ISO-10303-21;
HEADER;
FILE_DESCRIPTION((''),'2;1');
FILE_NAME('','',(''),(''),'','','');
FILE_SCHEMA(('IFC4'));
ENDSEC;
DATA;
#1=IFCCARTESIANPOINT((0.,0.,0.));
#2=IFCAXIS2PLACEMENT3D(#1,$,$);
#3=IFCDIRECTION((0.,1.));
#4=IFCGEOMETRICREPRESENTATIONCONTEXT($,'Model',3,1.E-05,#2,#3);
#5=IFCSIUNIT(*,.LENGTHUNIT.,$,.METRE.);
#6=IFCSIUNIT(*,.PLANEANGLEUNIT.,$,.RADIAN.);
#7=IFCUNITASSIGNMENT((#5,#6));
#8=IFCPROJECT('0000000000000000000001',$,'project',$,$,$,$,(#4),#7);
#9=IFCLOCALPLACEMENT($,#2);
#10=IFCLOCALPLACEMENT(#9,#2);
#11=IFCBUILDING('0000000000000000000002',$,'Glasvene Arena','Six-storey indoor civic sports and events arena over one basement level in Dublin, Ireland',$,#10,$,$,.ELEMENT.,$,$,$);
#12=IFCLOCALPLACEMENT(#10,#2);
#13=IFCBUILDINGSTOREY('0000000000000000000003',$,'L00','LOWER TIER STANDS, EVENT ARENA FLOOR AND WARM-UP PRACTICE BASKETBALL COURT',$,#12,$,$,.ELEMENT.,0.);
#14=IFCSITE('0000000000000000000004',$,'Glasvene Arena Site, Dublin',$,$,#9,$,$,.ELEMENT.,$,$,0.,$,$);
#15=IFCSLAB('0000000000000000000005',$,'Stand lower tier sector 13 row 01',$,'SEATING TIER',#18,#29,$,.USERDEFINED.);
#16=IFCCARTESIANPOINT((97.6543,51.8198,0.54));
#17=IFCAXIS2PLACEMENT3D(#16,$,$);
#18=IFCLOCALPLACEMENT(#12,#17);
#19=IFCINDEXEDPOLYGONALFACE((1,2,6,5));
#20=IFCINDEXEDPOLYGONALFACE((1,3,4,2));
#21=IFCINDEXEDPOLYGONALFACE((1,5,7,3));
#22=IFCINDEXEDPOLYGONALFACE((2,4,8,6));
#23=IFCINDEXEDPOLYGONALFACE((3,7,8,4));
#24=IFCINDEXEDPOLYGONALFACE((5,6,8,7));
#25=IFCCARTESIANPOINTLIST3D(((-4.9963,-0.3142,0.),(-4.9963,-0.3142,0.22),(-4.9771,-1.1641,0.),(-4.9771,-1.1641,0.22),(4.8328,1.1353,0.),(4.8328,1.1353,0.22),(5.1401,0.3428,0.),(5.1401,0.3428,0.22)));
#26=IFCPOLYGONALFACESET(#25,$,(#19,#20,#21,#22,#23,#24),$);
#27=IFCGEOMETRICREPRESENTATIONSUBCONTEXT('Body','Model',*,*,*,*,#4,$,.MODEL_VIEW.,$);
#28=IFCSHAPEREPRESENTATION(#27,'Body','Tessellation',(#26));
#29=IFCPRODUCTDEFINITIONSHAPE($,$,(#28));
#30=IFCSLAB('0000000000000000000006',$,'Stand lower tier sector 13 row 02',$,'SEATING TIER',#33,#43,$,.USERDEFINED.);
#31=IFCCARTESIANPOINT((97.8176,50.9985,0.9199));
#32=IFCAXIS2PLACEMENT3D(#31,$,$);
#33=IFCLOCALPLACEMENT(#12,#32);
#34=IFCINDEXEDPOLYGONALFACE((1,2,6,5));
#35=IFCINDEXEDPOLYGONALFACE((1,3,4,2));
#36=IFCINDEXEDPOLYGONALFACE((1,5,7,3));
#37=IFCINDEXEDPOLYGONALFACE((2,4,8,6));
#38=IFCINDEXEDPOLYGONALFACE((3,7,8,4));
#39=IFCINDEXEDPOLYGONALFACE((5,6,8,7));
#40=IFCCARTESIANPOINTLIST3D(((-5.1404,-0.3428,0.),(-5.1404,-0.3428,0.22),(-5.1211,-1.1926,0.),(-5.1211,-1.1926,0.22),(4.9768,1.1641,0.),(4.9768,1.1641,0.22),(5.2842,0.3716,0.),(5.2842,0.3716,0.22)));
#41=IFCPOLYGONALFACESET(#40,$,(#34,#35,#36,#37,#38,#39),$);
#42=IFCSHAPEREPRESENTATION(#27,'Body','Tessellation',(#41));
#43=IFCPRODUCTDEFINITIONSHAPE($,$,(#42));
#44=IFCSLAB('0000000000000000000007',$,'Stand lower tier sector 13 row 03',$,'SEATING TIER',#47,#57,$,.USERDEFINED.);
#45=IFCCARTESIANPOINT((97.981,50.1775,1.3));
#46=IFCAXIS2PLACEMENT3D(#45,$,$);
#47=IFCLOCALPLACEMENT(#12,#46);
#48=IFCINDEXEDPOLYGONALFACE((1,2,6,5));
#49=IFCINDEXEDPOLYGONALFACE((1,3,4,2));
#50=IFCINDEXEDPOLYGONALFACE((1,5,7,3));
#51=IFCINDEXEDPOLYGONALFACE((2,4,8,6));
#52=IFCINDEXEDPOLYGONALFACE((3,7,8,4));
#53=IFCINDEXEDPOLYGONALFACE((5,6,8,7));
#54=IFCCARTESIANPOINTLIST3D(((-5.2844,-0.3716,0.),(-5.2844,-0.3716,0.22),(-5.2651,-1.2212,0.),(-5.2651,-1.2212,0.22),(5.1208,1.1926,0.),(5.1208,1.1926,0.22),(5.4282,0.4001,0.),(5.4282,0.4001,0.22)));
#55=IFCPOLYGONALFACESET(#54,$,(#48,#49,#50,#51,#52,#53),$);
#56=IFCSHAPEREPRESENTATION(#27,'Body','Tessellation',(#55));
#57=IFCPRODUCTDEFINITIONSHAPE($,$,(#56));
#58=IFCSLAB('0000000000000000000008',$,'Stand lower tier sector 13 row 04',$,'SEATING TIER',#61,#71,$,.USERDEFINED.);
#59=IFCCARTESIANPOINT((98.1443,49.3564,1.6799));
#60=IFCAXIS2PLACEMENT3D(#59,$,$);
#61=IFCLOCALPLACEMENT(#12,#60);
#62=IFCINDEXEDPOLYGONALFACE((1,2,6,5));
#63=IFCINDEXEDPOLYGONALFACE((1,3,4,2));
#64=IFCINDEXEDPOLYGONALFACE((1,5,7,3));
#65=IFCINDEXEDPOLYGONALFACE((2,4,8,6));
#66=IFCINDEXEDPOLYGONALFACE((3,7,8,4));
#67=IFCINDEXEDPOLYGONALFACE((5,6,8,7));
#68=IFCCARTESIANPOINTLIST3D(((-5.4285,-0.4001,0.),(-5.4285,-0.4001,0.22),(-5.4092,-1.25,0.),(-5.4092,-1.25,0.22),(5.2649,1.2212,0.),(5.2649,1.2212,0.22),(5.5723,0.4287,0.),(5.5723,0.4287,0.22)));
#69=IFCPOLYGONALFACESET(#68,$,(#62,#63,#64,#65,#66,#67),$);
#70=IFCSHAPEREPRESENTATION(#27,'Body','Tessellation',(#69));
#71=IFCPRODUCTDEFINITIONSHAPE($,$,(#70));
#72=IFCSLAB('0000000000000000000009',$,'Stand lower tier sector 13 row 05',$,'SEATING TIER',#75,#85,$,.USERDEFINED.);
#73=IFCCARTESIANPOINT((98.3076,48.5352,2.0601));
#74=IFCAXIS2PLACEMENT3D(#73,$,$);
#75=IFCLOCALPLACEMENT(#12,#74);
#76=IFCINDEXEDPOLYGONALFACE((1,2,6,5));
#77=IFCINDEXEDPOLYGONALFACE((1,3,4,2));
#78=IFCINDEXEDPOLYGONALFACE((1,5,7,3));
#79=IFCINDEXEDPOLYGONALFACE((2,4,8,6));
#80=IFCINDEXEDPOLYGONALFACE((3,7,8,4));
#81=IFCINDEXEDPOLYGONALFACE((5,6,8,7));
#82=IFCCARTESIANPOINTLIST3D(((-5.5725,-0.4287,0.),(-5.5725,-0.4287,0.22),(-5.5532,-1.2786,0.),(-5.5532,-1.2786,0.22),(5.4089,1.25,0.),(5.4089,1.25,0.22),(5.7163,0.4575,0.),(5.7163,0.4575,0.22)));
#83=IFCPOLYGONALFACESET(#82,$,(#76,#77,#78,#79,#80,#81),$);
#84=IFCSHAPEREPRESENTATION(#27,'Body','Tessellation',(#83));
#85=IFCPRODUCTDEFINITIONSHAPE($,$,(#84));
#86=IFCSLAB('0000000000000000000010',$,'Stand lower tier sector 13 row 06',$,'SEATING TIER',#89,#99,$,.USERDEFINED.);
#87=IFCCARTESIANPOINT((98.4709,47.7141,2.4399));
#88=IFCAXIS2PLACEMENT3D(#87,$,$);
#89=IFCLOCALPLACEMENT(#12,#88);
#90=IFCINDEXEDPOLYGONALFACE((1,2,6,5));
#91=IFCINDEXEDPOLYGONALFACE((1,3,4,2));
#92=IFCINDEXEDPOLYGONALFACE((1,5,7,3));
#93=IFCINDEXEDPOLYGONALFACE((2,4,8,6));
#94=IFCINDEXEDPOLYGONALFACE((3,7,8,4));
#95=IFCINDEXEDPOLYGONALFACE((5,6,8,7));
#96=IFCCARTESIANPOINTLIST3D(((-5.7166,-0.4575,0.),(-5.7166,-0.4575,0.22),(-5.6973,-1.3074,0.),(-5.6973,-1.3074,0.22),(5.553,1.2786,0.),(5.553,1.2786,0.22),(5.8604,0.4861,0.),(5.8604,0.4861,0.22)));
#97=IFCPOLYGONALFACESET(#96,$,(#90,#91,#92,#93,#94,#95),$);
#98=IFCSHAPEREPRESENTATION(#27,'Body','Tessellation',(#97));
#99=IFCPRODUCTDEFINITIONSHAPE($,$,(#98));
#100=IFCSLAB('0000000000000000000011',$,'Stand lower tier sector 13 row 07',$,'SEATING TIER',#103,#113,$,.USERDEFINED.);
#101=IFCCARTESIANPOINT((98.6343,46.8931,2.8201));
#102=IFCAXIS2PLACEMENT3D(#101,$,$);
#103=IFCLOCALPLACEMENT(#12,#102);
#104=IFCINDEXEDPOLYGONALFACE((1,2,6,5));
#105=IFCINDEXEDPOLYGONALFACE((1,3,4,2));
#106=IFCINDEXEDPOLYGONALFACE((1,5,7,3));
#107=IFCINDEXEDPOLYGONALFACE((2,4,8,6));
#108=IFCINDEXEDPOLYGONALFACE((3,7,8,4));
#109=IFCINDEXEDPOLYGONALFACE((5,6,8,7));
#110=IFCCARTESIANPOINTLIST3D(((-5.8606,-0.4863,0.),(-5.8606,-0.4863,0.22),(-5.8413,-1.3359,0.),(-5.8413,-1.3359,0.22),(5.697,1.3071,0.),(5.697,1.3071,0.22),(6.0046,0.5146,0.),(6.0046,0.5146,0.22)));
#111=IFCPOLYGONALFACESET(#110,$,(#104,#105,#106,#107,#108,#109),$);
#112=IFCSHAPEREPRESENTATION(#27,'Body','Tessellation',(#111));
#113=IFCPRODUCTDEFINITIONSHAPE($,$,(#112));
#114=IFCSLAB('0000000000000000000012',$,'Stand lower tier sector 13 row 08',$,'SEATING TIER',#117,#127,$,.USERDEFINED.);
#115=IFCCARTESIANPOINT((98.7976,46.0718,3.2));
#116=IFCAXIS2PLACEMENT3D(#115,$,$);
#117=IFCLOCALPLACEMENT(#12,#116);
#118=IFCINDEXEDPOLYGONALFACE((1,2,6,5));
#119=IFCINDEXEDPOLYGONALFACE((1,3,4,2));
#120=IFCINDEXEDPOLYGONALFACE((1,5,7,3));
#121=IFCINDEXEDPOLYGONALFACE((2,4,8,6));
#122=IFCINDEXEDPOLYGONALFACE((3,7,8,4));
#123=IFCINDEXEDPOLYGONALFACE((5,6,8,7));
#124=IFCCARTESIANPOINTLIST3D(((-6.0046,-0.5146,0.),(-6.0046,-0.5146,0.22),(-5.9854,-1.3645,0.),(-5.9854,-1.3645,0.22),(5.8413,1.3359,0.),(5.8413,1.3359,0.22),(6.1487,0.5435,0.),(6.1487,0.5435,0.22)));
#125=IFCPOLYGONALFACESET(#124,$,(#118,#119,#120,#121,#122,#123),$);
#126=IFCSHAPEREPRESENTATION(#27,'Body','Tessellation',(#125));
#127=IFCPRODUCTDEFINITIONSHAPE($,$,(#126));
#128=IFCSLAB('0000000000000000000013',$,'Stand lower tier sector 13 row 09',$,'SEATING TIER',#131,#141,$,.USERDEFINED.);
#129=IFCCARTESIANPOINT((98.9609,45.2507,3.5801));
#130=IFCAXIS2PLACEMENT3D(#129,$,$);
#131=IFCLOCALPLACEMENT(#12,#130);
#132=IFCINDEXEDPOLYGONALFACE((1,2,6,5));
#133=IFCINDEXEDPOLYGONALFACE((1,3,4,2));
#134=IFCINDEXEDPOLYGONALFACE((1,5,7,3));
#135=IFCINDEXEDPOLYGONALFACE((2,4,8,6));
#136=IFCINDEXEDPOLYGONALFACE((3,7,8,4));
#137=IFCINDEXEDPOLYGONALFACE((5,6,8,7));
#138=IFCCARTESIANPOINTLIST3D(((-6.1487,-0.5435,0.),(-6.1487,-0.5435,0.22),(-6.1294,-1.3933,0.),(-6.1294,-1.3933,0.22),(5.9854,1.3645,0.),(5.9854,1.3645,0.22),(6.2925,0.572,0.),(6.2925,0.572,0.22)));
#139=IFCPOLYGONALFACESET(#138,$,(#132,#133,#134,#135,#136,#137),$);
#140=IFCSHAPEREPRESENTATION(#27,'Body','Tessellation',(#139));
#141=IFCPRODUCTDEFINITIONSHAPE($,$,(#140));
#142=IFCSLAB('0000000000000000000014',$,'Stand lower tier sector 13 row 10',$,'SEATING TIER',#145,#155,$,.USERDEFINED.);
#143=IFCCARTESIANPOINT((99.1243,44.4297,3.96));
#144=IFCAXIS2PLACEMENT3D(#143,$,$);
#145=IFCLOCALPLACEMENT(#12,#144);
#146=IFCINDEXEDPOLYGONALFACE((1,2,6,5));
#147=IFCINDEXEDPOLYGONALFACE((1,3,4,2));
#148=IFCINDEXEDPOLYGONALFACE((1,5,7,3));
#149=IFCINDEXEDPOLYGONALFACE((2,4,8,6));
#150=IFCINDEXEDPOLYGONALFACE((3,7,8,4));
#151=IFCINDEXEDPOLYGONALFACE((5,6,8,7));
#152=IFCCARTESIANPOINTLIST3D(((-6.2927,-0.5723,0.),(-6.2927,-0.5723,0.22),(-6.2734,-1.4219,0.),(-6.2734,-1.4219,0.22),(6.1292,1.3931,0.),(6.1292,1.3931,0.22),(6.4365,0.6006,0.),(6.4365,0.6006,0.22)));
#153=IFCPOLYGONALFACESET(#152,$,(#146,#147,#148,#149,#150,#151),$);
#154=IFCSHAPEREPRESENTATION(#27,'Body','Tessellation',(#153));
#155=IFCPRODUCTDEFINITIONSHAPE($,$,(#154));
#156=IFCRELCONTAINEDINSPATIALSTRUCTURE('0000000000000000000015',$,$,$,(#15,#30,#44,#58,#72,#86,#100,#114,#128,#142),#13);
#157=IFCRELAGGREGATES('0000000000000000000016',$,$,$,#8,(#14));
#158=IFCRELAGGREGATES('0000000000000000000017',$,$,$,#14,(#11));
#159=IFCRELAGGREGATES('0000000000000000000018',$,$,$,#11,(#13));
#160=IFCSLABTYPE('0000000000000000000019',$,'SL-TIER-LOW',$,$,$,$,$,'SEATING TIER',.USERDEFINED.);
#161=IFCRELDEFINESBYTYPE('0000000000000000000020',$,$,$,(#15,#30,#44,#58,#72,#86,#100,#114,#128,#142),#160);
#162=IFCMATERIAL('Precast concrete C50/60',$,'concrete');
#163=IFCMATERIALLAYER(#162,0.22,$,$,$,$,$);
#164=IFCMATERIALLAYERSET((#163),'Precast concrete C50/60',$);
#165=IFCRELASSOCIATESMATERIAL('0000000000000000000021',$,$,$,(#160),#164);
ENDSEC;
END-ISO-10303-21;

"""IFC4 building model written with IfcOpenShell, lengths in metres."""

from ifc_helpers import new_model, si_unit, direction, frame, origin, place, context, subcontext, project, spatial, polyline, outline, extrude, material, layer, layer_set, type_object, element, save


model = new_model("IFC4")

# Units and contexts
model_context = context("Model", 3, precision=1e-05, world=origin(), true_north=direction((0.0, 1.0)))
body_context = subcontext(model_context, "Body", "Model", "MODEL_VIEW")
ifc_project = project(units=[si_unit("LENGTHUNIT", "METRE"), si_unit("PLANEANGLEUNIT", "RADIAN")], contexts=[model_context])

# Site, building, storey
site_placement = place(None, origin())
site = spatial("IfcSite", under=ifc_project, at=site_placement, Name="Glasvene Arena Site, Dublin", CompositionType="ELEMENT", RefElevation=0.0)
building_placement = place(site_placement, origin())
building = spatial("IfcBuilding", under=site, at=building_placement, Name="Glasvene Arena", Description="Six-storey indoor civic sports and events arena over one basement level in Dublin, Ireland", CompositionType="ELEMENT")
storey_placement = place(building_placement, origin())
storey = spatial("IfcBuildingStorey", under=building, at=storey_placement, Name="L00", Description="LOWER TIER STANDS, EVENT ARENA FLOOR AND WARM-UP PRACTICE BASKETBALL COURT", CompositionType="ELEMENT", Elevation=0.0)

# Shared definitions
ifc_material_1 = material(Name="Precast concrete C50/60", Category="concrete")

# Slabs
ifc_layer_1 = layer(ifc_material_1, 0.22)
ifc_layer_set_1 = layer_set([ifc_layer_1], Name="Precast concrete C50/60")
slab_type_1 = type_object("IfcSlabType", Name="SL-TIER-LOW", ElementType="SEATING TIER", PredefinedType="USERDEFINED", material=ifc_layer_set_1)
slab_1_placement = place(storey_placement, frame((97.6543, 51.8198, 0.54)))
element("IfcSlab", 1, at=slab_1_placement, inside=storey, type_object=slab_type_1, Name="Stand lower tier sector 13 row 01", ObjectType="SEATING TIER", PredefinedType="USERDEFINED", context=body_context, shape_type="SweptSolid", body=[
    extrude(outline(polyline([(-4.9963, -0.3142), (4.8328, 1.1353), (5.1401, 0.3428), (-4.9771, -1.1641), (-4.9963, -0.3142)])), origin(), (0.0, 0.0, 1.0), 0.22),
])
slab_2_placement = place(storey_placement, frame((97.8176, 50.9985, 0.9199)))
element("IfcSlab", 2, at=slab_2_placement, inside=storey, type_object=slab_type_1, Name="Stand lower tier sector 13 row 02", ObjectType="SEATING TIER", PredefinedType="USERDEFINED", context=body_context, shape_type="SweptSolid", body=[
    extrude(outline(polyline([(-5.1404, -0.3428), (4.9768, 1.1641), (5.2842, 0.3716), (-5.1211, -1.1926), (-5.1404, -0.3428)])), origin(), (0.0, 0.0, 1.0), 0.22),
])
slab_3_placement = place(storey_placement, frame((97.981, 50.1775, 1.3)))
element("IfcSlab", 3, at=slab_3_placement, inside=storey, type_object=slab_type_1, Name="Stand lower tier sector 13 row 03", ObjectType="SEATING TIER", PredefinedType="USERDEFINED", context=body_context, shape_type="SweptSolid", body=[
    extrude(outline(polyline([(-5.2844, -0.3716), (5.1208, 1.1926), (5.4282, 0.4001), (-5.2651, -1.2212), (-5.2844, -0.3716)])), origin(), (0.0, 0.0, 1.0), 0.22),
])
slab_4_placement = place(storey_placement, frame((98.1443, 49.3564, 1.6799)))
element("IfcSlab", 4, at=slab_4_placement, inside=storey, type_object=slab_type_1, Name="Stand lower tier sector 13 row 04", ObjectType="SEATING TIER", PredefinedType="USERDEFINED", context=body_context, shape_type="SweptSolid", body=[
    extrude(outline(polyline([(-5.4285, -0.4001), (5.2649, 1.2212), (5.5723, 0.4287), (-5.4092, -1.25), (-5.4285, -0.4001)])), origin(), (0.0, 0.0, 1.0), 0.22),
])
slab_5_placement = place(storey_placement, frame((98.3076, 48.5352, 2.0601)))
element("IfcSlab", 5, at=slab_5_placement, inside=storey, type_object=slab_type_1, Name="Stand lower tier sector 13 row 05", ObjectType="SEATING TIER", PredefinedType="USERDEFINED", context=body_context, shape_type="SweptSolid", body=[
    extrude(outline(polyline([(-5.5725, -0.4287), (5.4089, 1.25), (5.7163, 0.4575), (-5.5532, -1.2786), (-5.5725, -0.4287)])), origin(), (0.0, 0.0, 1.0), 0.22),
])
slab_6_placement = place(storey_placement, frame((98.4709, 47.7141, 2.4399)))
element("IfcSlab", 6, at=slab_6_placement, inside=storey, type_object=slab_type_1, Name="Stand lower tier sector 13 row 06", ObjectType="SEATING TIER", PredefinedType="USERDEFINED", context=body_context, shape_type="SweptSolid", body=[
    extrude(outline(polyline([(-5.7166, -0.4575), (5.553, 1.2786), (5.8604, 0.4861), (-5.6973, -1.3074), (-5.7166, -0.4575)])), origin(), (0.0, 0.0, 1.0), 0.22),
])
slab_7_placement = place(storey_placement, frame((98.6343, 46.8931, 2.8201)))
element("IfcSlab", 7, at=slab_7_placement, inside=storey, type_object=slab_type_1, Name="Stand lower tier sector 13 row 07", ObjectType="SEATING TIER", PredefinedType="USERDEFINED", context=body_context, shape_type="SweptSolid", body=[
    extrude(outline(polyline([(-5.8606, -0.4863), (5.697, 1.3071), (6.0046, 0.5146), (-5.8413, -1.3359), (-5.8606, -0.4863)])), origin(), (0.0, 0.0, 1.0), 0.22),
])
slab_8_placement = place(storey_placement, frame((98.7976, 46.0718, 3.2)))
element("IfcSlab", 8, at=slab_8_placement, inside=storey, type_object=slab_type_1, Name="Stand lower tier sector 13 row 08", ObjectType="SEATING TIER", PredefinedType="USERDEFINED", context=body_context, shape_type="SweptSolid", body=[
    extrude(outline(polyline([(-6.0046, -0.5146), (5.8413, 1.3359), (6.1487, 0.5435), (-5.9854, -1.3645), (-6.0046, -0.5146)])), origin(), (0.0, 0.0, 1.0), 0.22),
])
slab_9_placement = place(storey_placement, frame((98.9609, 45.2507, 3.5801)))
element("IfcSlab", 9, at=slab_9_placement, inside=storey, type_object=slab_type_1, Name="Stand lower tier sector 13 row 09", ObjectType="SEATING TIER", PredefinedType="USERDEFINED", context=body_context, shape_type="SweptSolid", body=[
    extrude(outline(polyline([(-6.1487, -0.5435), (5.9854, 1.3645), (6.2925, 0.572), (-6.1294, -1.3933), (-6.1487, -0.5435)])), origin(), (0.0, 0.0, 1.0), 0.22),
])
slab_10_placement = place(storey_placement, frame((99.1243, 44.4297, 3.96)))
element("IfcSlab", 10, at=slab_10_placement, inside=storey, type_object=slab_type_1, Name="Stand lower tier sector 13 row 10", ObjectType="SEATING TIER", PredefinedType="USERDEFINED", context=body_context, shape_type="SweptSolid", body=[
    extrude(outline(polyline([(-6.2927, -0.5723), (6.1292, 1.3931), (6.4365, 0.6006), (-6.2734, -1.4219), (-6.2927, -0.5723)])), origin(), (0.0, 0.0, 1.0), 0.22),
])

save(model, "model.ifc")
